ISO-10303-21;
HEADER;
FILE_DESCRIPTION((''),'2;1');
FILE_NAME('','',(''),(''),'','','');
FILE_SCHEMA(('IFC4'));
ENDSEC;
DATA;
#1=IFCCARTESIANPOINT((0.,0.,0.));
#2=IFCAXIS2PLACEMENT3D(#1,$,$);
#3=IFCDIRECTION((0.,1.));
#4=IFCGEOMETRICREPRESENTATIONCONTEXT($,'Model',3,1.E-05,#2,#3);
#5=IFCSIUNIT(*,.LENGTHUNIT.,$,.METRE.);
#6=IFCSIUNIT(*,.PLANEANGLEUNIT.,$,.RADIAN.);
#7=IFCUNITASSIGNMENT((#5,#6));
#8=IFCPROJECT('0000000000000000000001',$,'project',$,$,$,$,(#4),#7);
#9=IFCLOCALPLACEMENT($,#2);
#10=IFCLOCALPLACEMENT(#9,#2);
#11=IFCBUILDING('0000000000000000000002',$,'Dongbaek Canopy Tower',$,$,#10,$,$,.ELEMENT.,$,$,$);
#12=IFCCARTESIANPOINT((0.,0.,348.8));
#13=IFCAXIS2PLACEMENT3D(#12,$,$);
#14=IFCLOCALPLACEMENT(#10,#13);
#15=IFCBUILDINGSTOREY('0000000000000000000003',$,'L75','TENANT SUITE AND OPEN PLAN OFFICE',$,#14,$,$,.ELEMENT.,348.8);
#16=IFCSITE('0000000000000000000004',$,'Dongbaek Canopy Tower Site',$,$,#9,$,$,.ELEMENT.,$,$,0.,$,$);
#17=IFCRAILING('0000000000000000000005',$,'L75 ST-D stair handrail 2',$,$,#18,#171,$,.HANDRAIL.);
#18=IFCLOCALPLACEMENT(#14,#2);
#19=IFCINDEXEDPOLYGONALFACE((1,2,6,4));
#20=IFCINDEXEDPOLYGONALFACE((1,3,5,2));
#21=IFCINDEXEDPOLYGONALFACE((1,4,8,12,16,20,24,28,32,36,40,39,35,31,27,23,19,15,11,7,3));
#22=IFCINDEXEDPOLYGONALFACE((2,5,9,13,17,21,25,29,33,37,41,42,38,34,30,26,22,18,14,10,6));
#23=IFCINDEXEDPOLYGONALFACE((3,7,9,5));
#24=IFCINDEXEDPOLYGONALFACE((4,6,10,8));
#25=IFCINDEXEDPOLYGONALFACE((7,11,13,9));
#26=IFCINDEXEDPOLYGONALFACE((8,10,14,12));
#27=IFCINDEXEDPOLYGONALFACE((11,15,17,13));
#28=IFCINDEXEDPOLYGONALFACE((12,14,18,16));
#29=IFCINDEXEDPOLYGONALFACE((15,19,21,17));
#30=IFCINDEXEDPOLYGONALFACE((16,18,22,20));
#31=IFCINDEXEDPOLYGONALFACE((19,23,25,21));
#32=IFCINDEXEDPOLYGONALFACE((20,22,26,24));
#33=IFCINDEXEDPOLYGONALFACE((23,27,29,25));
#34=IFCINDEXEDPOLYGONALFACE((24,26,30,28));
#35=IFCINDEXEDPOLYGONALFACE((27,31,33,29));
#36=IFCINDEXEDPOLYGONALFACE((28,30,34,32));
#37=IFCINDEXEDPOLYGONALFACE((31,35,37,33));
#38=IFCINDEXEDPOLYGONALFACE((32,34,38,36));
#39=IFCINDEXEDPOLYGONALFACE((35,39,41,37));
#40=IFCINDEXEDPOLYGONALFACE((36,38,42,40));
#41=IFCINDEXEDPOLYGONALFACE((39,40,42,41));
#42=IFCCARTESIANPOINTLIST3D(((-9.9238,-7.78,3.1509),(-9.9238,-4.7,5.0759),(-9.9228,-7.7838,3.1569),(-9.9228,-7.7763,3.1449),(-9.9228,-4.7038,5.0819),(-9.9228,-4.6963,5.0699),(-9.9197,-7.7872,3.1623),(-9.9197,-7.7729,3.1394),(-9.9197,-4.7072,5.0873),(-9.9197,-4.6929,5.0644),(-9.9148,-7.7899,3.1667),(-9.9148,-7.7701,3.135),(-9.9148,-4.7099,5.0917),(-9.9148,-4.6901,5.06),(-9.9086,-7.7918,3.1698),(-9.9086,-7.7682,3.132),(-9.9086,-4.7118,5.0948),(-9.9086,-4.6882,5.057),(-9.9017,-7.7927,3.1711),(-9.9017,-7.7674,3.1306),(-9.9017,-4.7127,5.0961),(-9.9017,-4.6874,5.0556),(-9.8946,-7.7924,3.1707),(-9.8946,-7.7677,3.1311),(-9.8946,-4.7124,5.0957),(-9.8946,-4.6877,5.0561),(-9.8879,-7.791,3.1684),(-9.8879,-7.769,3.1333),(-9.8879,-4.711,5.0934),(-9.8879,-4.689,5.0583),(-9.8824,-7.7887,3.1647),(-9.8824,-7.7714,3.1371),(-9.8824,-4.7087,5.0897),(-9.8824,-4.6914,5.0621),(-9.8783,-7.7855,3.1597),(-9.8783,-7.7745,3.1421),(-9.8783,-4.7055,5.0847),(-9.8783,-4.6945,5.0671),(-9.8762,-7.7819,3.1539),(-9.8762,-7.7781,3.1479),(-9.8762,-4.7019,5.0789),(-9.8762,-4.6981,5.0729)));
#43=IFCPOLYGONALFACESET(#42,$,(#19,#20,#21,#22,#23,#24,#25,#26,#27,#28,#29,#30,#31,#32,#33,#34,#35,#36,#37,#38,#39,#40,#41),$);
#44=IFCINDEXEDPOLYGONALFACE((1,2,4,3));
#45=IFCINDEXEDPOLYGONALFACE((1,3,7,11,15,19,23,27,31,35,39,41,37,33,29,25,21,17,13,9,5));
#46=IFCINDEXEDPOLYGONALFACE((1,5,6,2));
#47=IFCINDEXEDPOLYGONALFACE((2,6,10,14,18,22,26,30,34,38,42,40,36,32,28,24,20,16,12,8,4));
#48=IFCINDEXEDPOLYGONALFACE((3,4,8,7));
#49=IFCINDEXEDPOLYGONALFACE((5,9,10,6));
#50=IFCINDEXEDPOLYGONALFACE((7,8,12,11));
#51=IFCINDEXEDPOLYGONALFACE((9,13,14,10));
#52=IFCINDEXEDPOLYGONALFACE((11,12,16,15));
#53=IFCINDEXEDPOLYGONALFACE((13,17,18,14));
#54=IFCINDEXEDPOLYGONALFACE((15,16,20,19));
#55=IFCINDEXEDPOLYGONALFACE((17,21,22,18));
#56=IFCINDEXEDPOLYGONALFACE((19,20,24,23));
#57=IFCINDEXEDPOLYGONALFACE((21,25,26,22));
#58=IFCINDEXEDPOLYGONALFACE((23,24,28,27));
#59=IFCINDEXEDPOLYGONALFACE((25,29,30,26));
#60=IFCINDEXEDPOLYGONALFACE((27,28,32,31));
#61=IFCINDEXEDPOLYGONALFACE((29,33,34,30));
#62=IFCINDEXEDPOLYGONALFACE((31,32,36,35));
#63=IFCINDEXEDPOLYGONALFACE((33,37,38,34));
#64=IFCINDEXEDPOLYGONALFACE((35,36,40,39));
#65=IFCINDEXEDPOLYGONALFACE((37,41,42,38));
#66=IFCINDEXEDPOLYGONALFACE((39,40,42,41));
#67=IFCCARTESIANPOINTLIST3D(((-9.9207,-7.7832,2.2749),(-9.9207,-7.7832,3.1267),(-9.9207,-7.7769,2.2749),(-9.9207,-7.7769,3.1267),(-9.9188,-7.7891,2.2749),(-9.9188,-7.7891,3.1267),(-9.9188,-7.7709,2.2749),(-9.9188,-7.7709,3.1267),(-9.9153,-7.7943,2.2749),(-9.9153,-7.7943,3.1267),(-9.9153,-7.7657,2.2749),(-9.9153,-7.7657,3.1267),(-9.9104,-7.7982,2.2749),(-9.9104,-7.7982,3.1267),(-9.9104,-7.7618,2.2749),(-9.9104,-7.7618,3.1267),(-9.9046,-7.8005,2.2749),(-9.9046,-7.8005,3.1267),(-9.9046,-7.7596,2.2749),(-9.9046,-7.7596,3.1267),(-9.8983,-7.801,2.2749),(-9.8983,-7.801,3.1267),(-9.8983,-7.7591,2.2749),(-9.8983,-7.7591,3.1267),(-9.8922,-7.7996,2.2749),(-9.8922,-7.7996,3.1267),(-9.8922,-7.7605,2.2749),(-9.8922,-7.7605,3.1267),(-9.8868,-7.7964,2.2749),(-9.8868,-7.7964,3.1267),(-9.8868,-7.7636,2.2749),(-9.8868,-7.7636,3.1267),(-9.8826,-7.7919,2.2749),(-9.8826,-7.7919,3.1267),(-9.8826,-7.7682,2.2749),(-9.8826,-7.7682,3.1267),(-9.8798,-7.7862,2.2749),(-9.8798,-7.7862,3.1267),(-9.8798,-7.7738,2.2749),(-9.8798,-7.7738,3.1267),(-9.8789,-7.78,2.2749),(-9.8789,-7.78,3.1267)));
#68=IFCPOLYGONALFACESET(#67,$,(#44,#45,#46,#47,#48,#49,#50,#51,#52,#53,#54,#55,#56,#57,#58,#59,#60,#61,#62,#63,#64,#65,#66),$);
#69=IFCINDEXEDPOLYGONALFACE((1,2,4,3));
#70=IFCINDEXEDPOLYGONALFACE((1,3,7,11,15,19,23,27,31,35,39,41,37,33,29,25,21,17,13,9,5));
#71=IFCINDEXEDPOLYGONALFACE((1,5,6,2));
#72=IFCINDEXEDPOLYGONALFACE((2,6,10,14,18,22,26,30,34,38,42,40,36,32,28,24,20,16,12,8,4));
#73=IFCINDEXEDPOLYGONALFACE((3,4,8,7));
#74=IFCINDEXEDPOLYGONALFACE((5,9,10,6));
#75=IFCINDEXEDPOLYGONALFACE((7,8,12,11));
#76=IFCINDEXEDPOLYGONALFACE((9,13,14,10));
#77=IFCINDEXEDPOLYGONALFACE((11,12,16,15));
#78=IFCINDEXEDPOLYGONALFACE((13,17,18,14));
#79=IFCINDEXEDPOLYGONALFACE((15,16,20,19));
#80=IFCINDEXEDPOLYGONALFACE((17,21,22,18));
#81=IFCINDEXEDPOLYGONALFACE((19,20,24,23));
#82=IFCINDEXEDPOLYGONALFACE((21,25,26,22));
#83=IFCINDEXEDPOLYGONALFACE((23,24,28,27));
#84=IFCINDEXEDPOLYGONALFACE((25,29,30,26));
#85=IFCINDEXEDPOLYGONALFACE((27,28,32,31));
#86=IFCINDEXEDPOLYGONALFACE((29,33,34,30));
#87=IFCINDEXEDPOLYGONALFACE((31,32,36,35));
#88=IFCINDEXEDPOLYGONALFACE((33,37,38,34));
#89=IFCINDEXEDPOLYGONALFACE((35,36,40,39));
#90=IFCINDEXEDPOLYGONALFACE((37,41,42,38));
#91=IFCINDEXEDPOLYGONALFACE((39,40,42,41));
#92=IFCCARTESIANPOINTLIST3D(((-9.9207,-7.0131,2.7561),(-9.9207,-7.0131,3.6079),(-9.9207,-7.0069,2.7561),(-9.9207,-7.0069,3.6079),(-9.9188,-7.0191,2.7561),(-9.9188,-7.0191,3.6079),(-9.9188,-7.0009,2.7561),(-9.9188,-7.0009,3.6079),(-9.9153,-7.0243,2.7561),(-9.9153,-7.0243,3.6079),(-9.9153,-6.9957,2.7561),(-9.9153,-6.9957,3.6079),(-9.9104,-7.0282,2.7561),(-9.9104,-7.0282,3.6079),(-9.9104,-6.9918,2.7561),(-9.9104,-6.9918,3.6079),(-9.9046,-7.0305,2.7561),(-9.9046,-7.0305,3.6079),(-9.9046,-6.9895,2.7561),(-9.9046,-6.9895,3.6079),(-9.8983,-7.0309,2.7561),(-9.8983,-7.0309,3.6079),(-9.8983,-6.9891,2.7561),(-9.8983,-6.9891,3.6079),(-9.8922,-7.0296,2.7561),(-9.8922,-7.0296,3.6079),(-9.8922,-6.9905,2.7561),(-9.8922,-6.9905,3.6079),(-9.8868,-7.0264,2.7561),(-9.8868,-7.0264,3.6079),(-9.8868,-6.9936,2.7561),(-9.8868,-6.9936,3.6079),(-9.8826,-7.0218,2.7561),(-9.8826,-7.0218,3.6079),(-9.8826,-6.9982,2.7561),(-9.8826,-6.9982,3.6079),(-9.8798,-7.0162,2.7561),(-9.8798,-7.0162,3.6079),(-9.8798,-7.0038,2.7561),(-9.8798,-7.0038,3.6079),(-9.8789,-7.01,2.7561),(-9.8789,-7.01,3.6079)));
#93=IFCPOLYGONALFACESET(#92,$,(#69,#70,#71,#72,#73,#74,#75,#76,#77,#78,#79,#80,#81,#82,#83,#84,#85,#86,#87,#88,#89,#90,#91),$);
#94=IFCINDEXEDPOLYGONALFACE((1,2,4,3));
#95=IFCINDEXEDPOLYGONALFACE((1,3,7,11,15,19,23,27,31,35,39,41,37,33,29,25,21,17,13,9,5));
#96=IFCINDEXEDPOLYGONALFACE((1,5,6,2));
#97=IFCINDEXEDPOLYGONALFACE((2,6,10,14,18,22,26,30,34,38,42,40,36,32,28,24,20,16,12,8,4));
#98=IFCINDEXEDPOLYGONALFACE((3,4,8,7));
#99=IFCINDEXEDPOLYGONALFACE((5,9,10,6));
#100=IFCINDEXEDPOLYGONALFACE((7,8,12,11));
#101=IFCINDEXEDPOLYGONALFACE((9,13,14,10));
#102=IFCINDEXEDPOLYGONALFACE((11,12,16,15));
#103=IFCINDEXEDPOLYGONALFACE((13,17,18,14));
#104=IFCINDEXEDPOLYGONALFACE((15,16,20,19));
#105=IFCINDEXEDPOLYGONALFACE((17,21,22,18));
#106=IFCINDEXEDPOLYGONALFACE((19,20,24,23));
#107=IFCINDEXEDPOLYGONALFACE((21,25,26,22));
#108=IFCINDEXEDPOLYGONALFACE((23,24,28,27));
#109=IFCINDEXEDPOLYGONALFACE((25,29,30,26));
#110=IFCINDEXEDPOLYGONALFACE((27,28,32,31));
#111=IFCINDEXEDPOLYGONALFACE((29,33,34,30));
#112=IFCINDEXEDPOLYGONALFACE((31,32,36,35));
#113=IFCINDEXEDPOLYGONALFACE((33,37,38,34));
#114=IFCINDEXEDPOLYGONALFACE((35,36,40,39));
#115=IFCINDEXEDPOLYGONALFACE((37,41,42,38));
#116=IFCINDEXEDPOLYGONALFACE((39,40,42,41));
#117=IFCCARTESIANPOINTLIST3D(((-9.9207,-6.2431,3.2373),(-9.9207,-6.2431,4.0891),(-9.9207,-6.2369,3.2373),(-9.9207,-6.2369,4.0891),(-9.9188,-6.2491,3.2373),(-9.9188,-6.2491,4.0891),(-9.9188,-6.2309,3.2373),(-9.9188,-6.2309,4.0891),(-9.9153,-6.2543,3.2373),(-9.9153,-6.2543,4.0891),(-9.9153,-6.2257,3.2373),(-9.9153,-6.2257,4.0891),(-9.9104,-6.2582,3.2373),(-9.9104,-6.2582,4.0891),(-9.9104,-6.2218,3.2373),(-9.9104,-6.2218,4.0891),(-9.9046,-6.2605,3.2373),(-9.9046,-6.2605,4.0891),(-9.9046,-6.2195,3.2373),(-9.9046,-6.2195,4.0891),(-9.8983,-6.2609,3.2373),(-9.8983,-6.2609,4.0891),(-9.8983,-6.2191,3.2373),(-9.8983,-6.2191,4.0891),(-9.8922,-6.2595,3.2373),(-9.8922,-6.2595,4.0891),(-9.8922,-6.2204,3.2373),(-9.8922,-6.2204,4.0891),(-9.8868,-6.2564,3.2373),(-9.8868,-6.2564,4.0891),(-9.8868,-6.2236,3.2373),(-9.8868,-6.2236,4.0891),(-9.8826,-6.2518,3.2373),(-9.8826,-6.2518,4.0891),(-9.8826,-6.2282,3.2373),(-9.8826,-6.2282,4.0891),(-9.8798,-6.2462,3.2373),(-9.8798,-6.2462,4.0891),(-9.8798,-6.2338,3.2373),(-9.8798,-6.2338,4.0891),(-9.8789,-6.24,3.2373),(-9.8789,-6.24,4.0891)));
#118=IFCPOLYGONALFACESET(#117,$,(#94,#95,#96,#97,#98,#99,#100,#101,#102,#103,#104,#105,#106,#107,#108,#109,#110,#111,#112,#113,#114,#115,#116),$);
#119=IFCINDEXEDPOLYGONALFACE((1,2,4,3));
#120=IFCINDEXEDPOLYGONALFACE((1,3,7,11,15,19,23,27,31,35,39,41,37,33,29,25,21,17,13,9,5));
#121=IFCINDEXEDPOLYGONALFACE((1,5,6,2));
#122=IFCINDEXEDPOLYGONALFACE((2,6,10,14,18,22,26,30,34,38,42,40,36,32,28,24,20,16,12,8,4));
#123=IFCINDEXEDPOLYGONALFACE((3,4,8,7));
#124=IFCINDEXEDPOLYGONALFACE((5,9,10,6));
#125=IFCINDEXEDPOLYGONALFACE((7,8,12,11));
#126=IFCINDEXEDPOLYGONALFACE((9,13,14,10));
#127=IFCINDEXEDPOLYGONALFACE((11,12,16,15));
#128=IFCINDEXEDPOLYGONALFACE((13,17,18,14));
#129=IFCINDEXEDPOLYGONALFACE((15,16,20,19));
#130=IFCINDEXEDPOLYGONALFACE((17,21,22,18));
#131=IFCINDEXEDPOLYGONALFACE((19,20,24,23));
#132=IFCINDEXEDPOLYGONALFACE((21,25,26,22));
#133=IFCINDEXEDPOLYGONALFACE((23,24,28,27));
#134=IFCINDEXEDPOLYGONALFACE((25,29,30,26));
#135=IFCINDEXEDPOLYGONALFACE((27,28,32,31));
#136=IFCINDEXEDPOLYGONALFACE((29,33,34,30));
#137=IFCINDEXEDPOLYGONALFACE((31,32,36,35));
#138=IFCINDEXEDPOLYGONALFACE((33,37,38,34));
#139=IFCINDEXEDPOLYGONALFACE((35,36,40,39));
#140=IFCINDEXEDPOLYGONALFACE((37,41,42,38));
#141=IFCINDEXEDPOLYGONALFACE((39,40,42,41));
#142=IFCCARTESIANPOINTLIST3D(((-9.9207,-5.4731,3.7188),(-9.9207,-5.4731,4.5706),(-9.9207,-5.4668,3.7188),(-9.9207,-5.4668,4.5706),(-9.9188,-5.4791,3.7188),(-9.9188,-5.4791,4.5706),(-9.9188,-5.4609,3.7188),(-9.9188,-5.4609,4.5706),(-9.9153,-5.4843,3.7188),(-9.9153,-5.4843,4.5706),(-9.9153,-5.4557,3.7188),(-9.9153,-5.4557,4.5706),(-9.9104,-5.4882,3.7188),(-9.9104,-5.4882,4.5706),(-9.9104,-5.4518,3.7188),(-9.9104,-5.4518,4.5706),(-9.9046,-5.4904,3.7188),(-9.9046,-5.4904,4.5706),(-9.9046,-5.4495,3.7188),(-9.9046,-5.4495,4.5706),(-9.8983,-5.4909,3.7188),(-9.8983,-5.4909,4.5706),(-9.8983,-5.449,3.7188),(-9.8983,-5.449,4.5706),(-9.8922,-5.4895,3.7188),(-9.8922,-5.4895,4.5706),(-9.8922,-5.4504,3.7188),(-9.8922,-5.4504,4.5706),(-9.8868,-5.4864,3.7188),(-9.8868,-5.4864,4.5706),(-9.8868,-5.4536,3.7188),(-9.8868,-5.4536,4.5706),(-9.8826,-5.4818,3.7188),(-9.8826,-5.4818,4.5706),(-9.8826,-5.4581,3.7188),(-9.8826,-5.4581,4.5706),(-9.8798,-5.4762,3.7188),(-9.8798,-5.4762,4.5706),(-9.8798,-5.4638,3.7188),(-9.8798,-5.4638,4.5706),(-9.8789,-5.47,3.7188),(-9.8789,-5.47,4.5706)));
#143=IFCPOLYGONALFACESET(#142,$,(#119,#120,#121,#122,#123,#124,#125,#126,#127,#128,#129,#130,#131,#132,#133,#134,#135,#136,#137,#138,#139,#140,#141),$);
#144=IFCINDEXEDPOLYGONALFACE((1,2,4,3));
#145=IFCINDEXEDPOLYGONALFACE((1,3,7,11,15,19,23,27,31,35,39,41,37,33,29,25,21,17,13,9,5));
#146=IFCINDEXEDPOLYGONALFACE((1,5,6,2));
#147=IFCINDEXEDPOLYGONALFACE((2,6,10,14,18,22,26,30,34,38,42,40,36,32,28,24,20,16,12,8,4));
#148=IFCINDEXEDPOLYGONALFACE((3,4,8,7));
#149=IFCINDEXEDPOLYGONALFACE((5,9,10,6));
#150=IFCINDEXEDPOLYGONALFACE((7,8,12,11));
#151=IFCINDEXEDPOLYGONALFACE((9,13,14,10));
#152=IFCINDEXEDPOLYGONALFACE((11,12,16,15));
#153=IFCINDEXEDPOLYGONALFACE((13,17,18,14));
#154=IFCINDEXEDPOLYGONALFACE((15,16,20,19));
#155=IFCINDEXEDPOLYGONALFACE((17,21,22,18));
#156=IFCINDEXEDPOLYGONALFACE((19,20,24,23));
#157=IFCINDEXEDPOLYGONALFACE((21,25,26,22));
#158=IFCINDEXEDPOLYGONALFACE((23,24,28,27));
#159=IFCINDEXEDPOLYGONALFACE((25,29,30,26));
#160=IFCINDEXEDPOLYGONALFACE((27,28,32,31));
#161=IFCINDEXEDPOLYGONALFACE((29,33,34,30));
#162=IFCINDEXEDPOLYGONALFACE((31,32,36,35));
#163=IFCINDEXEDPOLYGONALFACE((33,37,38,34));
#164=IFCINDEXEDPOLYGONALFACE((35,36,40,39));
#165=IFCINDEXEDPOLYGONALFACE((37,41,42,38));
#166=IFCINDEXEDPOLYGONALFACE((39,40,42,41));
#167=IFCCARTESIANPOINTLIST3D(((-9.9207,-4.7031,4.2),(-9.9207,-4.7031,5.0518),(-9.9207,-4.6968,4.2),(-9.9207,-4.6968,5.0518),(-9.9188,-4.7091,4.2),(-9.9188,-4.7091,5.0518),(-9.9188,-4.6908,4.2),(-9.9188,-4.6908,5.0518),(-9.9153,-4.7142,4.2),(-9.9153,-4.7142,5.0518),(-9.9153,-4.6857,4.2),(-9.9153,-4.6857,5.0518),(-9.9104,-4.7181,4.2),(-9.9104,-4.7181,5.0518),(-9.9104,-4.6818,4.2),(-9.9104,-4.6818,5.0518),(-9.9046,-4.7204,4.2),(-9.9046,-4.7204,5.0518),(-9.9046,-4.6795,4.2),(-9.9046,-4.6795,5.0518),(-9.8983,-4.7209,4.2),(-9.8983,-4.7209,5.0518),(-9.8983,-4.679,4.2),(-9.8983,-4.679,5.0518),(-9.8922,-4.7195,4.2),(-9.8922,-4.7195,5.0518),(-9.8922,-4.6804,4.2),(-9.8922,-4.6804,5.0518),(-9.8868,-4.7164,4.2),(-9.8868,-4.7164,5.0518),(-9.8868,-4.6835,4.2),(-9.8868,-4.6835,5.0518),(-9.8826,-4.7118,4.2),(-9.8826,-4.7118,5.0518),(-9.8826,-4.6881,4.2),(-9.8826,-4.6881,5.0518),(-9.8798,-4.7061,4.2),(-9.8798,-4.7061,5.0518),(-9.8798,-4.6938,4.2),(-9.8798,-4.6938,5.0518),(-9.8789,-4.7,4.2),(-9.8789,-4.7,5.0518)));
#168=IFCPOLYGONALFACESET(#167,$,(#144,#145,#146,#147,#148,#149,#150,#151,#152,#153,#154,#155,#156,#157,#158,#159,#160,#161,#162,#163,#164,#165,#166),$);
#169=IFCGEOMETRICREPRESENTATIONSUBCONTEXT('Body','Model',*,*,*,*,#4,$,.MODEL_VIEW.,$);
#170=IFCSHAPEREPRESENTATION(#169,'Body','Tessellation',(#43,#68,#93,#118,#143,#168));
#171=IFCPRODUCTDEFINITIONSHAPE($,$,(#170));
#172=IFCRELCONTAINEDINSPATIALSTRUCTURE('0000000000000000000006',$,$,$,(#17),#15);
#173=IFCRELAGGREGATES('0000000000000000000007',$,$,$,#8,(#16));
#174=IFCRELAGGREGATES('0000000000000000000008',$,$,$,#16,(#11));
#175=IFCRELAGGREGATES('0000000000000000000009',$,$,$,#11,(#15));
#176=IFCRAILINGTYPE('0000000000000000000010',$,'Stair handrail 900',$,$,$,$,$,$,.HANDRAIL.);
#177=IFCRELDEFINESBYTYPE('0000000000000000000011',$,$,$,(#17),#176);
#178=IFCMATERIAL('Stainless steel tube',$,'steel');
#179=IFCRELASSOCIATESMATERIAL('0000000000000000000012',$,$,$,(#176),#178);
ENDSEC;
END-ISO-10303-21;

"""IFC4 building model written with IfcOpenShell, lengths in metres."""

from ifc_helpers import new_model, si_unit, direction, frame, origin, origin_2d, place, context, subcontext, project, spatial, circle, extrude, material, type_object, element, save


model = new_model("IFC4")

# Units and contexts
model_context = context("Model", 3, precision=1e-05, world=origin(), true_north=direction((0.0, 1.0)))
body_context = subcontext(model_context, "Body", "Model", "MODEL_VIEW")
ifc_project = project(units=[si_unit("LENGTHUNIT", "METRE"), si_unit("PLANEANGLEUNIT", "RADIAN")], contexts=[model_context])

# Site, building, storey
site_placement = place(None, origin())
site = spatial("IfcSite", under=ifc_project, at=site_placement, Name="Dongbaek Canopy Tower Site", CompositionType="ELEMENT", RefElevation=0.0)
building_placement = place(site_placement, origin())
building = spatial("IfcBuilding", under=site, at=building_placement, Name="Dongbaek Canopy Tower", CompositionType="ELEMENT")
storey_placement = place(building_placement, frame((0.0, 0.0, 348.8)))
storey = spatial("IfcBuildingStorey", under=building, at=storey_placement, Name="L75", Description="TENANT SUITE AND OPEN PLAN OFFICE", CompositionType="ELEMENT", Elevation=348.8)

# Railing
ifc_material_1 = material(Name="Stainless steel tube", Category="steel")
railing_type_1 = type_object("IfcRailingType", Name="Stair handrail 900", PredefinedType="HANDRAIL", material=ifc_material_1)
railing_1_placement = place(storey_placement, frame((-9.8999, -7.78, 2.2749)))
element("IfcRailing", 1, at=railing_1_placement, inside=storey, type_object=railing_type_1, Name="L75 ST-D stair handrail 2", PredefinedType="HANDRAIL", context=body_context, shape_type="SweptSolid", body=[
    extrude(circle(Radius=0.0239, at=origin_2d()), frame((0.0, 0.0, 0.876), z_axis=(0.0, 0.847998, 0.529999), x_axis=(-1.0, 0.0, 0.0)), (0.0, 0.0, 1.0), 3.6321),
    extrude(circle(Radius=0.021, at=origin_2d()), origin(), (0.0, 0.0, 1.0), 0.8518),
    extrude(circle(Radius=0.021, at=origin_2d()), frame((0.0, 0.77, 0.4812)), (0.0, 0.0, 1.0), 0.8518),
    extrude(circle(Radius=0.021, at=origin_2d()), frame((0.0, 1.54, 0.9624)), (0.0, 0.0, 1.0), 0.8518),
    extrude(circle(Radius=0.021, at=origin_2d()), frame((0.0, 2.3101, 1.4438)), (0.0, 0.0, 1.0), 0.8518),
    extrude(circle(Radius=0.021, at=origin_2d()), frame((0.0, 3.0801, 1.925)), (0.0, 0.0, 1.0), 0.8518),
])

save(model, "model.ifc")
